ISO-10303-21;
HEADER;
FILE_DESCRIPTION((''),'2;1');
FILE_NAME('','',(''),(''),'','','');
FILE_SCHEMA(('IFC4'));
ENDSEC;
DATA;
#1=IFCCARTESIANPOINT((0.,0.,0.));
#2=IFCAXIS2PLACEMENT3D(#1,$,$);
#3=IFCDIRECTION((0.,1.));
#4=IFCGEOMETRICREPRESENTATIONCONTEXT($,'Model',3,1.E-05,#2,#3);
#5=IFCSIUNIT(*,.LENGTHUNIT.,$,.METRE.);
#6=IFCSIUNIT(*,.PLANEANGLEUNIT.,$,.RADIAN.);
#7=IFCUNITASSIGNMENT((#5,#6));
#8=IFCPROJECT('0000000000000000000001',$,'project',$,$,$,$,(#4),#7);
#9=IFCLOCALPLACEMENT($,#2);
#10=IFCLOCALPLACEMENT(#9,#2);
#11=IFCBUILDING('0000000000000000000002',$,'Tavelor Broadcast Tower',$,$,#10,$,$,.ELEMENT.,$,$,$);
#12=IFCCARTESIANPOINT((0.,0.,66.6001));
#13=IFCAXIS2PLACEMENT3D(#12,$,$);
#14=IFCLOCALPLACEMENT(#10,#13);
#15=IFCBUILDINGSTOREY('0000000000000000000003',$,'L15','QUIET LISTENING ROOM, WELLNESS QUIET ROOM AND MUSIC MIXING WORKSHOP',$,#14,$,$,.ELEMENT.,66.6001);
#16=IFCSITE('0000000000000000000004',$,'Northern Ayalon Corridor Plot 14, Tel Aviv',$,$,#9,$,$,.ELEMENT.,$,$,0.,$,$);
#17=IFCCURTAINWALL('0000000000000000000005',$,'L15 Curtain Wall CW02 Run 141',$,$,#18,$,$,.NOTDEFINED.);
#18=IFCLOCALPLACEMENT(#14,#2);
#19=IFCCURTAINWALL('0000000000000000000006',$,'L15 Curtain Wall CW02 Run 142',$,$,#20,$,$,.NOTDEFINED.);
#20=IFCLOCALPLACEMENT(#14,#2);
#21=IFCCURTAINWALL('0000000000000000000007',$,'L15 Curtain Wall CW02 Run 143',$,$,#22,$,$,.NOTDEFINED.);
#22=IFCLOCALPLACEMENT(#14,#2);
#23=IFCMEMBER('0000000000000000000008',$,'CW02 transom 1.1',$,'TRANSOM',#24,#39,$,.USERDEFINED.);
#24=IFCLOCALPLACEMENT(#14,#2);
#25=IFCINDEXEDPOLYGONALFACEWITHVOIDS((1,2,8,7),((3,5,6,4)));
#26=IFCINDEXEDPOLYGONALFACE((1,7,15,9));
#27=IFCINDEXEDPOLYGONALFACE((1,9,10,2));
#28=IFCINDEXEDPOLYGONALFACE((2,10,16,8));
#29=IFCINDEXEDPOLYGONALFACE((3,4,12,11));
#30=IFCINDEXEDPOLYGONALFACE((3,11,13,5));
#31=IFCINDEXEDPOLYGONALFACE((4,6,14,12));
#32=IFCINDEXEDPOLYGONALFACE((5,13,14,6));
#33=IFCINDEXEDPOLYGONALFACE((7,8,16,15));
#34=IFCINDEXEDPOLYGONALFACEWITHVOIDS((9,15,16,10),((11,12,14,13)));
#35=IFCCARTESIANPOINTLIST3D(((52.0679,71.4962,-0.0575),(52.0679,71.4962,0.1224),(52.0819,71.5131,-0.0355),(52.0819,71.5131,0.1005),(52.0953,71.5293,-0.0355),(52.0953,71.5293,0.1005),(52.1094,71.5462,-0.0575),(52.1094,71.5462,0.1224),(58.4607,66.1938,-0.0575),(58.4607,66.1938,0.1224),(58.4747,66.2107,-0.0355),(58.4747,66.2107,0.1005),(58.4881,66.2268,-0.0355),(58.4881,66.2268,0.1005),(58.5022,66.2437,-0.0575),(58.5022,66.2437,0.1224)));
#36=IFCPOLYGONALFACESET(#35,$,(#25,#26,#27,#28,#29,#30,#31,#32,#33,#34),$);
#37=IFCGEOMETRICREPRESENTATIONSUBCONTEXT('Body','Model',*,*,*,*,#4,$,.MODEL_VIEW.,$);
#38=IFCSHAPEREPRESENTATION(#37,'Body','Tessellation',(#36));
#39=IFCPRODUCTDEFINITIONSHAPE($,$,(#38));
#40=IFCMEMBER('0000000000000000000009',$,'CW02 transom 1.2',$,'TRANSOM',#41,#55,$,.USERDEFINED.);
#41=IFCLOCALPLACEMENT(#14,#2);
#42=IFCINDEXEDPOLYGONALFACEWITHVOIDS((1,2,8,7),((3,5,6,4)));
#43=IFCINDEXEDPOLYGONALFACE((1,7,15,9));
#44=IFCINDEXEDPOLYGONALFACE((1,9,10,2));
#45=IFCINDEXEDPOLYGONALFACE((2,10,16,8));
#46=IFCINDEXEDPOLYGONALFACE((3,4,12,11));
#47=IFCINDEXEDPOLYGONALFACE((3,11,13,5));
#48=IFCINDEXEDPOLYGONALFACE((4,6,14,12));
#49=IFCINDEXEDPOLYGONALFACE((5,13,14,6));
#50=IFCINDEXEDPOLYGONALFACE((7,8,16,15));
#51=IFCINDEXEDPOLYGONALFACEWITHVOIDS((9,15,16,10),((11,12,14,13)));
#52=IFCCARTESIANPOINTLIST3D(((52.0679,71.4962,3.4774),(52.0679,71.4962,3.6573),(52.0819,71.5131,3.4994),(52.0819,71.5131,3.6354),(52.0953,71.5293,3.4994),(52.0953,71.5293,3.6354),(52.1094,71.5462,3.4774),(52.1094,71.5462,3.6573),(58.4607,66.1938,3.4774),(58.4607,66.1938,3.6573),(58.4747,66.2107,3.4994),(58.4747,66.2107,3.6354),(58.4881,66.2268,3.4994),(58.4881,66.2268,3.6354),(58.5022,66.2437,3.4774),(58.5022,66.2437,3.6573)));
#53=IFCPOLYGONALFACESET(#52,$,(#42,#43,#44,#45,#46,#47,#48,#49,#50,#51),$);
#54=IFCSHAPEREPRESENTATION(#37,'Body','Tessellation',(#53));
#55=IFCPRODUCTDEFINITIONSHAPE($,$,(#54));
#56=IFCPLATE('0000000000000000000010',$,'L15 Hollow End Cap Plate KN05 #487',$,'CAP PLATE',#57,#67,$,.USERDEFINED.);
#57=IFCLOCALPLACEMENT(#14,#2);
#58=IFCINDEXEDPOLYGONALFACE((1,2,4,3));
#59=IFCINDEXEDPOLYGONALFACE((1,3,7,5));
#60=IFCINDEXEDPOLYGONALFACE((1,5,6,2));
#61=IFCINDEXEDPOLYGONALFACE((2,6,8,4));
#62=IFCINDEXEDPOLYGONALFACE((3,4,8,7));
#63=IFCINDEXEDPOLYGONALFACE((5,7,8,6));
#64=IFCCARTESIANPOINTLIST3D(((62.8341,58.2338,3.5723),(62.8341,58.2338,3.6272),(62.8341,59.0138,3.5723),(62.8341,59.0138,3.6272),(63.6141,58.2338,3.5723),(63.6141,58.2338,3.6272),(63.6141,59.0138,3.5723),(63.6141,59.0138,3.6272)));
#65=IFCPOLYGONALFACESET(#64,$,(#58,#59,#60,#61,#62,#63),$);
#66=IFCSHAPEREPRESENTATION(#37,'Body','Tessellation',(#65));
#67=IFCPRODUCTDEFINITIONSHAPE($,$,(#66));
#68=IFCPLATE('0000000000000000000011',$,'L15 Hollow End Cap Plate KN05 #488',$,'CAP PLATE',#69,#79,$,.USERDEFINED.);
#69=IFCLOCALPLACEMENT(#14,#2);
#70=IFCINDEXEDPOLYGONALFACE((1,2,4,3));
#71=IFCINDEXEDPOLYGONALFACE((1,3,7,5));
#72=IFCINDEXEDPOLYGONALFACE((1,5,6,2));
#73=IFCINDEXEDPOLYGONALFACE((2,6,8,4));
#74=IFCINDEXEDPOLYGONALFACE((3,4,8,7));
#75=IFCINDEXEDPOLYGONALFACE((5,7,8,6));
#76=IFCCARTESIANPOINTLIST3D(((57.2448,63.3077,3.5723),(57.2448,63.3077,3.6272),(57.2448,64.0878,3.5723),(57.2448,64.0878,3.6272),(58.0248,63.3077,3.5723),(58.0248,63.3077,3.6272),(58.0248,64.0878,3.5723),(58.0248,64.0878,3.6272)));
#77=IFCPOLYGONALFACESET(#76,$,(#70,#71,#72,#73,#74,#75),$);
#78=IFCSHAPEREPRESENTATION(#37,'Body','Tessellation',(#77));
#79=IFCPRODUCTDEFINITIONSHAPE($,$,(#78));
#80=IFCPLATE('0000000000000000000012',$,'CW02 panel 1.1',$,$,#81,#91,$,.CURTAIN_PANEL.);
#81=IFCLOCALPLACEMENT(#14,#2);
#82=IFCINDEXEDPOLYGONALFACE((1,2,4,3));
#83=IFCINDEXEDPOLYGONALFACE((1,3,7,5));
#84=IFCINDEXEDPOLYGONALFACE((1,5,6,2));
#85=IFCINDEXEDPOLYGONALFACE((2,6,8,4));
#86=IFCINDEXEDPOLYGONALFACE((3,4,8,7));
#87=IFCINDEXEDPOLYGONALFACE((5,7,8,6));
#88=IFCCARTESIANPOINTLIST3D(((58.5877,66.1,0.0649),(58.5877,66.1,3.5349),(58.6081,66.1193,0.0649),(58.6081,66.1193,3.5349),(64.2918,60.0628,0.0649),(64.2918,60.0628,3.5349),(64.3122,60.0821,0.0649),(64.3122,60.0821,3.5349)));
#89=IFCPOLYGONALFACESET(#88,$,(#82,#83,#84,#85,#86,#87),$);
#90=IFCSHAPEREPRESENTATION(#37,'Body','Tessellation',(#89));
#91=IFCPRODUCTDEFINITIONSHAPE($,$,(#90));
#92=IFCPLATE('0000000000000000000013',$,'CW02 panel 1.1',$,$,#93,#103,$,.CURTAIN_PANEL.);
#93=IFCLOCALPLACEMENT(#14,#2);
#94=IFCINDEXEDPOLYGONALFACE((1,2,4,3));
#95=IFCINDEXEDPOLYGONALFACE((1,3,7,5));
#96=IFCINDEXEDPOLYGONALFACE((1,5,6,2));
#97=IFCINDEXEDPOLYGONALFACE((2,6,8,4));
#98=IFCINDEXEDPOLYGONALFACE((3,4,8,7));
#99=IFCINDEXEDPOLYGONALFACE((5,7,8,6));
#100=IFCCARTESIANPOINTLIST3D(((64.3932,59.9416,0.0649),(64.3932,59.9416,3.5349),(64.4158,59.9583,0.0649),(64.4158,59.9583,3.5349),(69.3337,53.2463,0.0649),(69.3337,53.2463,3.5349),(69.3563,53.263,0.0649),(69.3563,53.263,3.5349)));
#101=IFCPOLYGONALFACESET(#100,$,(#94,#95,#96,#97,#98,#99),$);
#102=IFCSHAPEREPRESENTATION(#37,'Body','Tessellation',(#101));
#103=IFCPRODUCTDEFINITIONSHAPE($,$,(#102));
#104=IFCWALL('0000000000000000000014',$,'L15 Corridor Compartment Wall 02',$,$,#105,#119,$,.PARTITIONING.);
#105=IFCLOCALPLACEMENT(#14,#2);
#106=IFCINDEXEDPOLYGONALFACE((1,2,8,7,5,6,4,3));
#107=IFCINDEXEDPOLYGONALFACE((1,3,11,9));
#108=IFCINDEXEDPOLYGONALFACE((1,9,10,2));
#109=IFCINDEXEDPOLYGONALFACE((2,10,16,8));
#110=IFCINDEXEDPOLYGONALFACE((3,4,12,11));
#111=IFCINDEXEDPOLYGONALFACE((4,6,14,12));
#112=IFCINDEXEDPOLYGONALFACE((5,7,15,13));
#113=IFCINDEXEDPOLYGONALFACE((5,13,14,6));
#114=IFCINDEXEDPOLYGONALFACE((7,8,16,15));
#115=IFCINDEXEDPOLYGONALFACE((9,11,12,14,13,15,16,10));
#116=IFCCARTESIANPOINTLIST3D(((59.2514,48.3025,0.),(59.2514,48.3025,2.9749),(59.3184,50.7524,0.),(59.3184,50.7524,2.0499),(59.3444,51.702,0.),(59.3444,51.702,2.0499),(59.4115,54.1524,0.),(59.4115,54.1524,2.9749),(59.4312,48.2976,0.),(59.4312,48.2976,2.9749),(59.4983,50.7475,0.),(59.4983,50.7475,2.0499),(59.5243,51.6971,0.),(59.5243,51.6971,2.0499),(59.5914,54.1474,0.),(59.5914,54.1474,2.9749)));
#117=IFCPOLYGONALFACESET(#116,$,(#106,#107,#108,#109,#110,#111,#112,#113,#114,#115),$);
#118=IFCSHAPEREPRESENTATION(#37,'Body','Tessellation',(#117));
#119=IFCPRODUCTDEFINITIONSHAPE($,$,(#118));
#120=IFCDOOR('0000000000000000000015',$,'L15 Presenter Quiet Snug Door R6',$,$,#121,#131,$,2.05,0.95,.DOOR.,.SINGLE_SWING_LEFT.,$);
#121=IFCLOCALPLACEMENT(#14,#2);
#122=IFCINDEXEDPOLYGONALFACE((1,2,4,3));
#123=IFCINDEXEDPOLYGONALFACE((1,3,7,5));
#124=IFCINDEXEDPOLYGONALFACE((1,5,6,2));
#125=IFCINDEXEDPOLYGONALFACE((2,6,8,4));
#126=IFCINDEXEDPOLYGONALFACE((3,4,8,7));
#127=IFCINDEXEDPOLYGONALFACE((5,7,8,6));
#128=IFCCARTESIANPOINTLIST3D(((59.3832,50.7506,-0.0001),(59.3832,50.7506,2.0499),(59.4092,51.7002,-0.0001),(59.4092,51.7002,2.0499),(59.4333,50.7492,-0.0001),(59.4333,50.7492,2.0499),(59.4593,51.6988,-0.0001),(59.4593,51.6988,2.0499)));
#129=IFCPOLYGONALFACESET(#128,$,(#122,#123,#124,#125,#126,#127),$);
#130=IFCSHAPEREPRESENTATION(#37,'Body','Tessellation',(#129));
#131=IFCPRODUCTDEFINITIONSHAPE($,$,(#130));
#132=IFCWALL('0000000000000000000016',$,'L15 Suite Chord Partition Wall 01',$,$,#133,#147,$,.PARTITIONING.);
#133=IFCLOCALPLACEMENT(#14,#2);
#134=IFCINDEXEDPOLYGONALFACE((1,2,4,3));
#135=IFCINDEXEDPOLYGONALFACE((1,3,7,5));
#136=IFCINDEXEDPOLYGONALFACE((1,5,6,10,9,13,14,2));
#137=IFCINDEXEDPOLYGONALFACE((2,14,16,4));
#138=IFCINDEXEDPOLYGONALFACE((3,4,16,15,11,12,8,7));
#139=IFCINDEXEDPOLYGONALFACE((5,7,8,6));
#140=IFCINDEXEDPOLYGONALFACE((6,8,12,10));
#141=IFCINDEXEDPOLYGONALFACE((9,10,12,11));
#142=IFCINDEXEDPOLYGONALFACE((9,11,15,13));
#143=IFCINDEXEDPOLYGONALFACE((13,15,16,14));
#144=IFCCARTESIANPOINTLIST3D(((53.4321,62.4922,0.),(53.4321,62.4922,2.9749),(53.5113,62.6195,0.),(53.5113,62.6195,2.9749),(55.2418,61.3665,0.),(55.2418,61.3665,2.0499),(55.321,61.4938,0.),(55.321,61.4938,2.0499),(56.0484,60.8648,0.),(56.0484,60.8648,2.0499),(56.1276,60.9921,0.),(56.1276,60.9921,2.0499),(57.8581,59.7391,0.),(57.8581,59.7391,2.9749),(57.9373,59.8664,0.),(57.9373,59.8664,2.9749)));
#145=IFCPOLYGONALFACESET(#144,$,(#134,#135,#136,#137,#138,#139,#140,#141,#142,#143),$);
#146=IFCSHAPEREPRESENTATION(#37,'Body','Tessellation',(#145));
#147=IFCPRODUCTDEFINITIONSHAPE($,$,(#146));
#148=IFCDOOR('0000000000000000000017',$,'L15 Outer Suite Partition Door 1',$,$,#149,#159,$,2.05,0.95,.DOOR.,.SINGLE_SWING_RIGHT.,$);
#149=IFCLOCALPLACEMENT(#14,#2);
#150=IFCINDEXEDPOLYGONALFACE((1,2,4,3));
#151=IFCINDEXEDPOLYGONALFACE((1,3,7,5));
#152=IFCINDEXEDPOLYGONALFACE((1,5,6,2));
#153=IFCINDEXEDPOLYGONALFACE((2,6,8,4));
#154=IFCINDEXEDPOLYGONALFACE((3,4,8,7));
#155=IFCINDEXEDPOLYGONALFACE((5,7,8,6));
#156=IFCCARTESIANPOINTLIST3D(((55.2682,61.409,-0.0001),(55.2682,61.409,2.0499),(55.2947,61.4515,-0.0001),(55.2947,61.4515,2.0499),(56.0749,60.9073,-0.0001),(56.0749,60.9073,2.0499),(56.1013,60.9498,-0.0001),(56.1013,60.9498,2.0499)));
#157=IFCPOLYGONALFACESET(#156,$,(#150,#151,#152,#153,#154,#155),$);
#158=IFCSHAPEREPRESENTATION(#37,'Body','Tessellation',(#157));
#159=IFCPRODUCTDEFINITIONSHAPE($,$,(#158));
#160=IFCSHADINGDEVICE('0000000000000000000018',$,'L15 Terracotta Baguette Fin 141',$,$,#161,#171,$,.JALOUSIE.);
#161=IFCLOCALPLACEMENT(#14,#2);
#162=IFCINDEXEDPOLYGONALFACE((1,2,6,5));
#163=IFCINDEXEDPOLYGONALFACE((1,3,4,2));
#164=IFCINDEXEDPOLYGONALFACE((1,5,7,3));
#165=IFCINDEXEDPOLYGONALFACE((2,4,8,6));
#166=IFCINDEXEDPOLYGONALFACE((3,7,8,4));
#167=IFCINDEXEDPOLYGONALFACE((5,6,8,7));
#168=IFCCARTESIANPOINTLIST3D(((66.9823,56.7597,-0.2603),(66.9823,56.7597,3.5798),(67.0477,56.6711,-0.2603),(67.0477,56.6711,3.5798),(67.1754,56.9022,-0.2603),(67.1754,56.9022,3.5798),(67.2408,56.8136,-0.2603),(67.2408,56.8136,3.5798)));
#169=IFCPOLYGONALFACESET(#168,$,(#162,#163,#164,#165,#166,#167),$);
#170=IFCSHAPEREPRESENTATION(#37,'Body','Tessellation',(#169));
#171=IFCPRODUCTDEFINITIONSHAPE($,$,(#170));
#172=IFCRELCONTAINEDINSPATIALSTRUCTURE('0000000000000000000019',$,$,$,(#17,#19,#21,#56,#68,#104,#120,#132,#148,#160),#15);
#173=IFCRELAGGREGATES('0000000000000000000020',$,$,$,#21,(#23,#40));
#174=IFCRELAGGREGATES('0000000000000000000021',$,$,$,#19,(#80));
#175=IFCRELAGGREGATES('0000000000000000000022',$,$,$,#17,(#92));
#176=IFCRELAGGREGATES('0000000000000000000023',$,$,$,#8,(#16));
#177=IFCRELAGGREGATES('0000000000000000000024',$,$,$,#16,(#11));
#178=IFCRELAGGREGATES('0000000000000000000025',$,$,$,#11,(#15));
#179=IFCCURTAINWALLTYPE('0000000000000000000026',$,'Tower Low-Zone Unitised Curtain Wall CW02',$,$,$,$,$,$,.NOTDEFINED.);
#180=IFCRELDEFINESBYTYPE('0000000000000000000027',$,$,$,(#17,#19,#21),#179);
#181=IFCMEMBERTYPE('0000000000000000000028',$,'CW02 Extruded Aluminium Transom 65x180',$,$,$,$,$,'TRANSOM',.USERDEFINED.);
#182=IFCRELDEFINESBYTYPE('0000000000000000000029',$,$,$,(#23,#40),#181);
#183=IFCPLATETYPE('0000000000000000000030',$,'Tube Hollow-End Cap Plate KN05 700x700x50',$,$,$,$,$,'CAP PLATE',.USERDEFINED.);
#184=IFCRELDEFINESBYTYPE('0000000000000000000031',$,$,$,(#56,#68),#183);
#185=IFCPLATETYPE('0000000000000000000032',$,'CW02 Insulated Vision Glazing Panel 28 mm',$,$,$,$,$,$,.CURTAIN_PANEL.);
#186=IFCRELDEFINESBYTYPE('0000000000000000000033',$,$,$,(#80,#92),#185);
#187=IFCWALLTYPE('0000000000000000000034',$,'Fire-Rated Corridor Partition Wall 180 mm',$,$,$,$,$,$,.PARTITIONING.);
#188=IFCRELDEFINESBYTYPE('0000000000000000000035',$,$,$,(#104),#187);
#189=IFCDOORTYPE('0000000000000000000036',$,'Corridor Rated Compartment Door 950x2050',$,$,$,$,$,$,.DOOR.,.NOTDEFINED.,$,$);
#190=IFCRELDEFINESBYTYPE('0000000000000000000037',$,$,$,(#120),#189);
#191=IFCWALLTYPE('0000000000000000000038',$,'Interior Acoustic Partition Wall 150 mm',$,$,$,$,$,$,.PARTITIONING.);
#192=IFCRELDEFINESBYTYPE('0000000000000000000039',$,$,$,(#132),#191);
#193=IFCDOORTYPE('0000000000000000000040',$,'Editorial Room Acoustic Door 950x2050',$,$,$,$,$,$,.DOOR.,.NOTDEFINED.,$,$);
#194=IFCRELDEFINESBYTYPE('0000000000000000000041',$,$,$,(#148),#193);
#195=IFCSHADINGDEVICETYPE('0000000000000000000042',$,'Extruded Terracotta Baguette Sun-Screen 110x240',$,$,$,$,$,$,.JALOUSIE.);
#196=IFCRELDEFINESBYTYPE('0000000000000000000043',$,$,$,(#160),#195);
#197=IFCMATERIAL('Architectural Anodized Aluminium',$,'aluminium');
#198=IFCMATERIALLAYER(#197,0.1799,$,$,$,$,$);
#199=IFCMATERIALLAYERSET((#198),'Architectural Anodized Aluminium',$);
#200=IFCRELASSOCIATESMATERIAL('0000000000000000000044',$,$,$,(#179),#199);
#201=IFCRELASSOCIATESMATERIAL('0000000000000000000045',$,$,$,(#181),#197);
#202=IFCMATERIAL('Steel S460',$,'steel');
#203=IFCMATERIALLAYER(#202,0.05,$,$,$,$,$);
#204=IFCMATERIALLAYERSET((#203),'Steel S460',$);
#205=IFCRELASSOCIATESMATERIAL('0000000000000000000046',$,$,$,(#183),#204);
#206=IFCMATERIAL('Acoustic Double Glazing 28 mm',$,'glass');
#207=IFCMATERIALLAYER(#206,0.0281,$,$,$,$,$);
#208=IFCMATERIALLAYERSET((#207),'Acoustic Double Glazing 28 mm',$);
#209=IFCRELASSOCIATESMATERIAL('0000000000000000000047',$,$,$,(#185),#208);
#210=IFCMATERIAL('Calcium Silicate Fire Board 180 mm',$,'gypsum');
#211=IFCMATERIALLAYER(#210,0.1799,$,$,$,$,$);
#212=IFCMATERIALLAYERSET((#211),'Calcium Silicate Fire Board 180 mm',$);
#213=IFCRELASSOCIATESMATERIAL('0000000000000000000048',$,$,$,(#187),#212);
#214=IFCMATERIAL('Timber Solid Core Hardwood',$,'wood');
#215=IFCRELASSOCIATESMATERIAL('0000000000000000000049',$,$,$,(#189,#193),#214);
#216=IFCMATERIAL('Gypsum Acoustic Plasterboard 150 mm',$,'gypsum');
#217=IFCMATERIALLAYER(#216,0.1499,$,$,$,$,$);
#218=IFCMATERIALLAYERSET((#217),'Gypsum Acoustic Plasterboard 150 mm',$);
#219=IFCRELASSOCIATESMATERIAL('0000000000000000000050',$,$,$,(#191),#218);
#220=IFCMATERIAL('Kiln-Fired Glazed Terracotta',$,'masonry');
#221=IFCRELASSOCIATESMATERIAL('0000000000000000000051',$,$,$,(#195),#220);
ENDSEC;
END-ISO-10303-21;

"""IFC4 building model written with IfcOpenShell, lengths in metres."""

from ifc_helpers import new_model, si_unit, direction, frame, frame_2d, origin, origin_2d, place, context, subcontext, project, spatial, rectangle, hollow_rectangle, extrude, source, transform, mapped, material, layer, layer_set, material_profile, profile_set, type_object, type_shapes, element, fill, aggregate, save


model = new_model("IFC4")

# Units and contexts
model_context = context("Model", 3, precision=1e-05, world=origin(), true_north=direction((0.0, 1.0)))
body_context = subcontext(model_context, "Body", "Model", "MODEL_VIEW")
ifc_project = project(units=[si_unit("LENGTHUNIT", "METRE"), si_unit("PLANEANGLEUNIT", "RADIAN")], contexts=[model_context])

# Site, building, storey
site_placement = place(None, origin())
site = spatial("IfcSite", under=ifc_project, at=site_placement, Name="Northern Ayalon Corridor Plot 14, Tel Aviv", CompositionType="ELEMENT", RefElevation=0.0)
building_placement = place(site_placement, origin())
building = spatial("IfcBuilding", under=site, at=building_placement, Name="Tavelor Broadcast Tower", CompositionType="ELEMENT")
storey_placement = place(building_placement, frame((0.0, 0.0, 66.6001)))
storey = spatial("IfcBuildingStorey", under=building, at=storey_placement, Name="L15", Description="QUIET LISTENING ROOM, WELLNESS QUIET ROOM AND MUSIC MIXING WORKSHOP", CompositionType="ELEMENT", Elevation=66.6001)

# Shared definitions
ifc_material_1 = material(Name="Steel S460", Category="steel")

# Curtain wall
ifc_material_2 = material(Name="Architectural Anodized Aluminium", Category="aluminium")
ifc_layer_1 = layer(ifc_material_2, 0.1799)
ifc_layer_set_1 = layer_set([ifc_layer_1], Name="Architectural Anodized Aluminium")
curtain_wall_type = type_object("IfcCurtainWallType", Name="Tower Low-Zone Unitised Curtain Wall CW02", PredefinedType="NOTDEFINED", material=ifc_layer_set_1)
curtain_wall_1_placement = place(storey_placement, origin())
curtain_wall_1 = element("IfcCurtainWall", 1, at=curtain_wall_1_placement, inside=storey, type_object=curtain_wall_type, Name="L15 Curtain Wall CW02 Run 141", PredefinedType="NOTDEFINED")

# Curtain wall
curtain_wall_2_placement = place(storey_placement, origin())
curtain_wall_2 = element("IfcCurtainWall", 2, at=curtain_wall_2_placement, inside=storey, type_object=curtain_wall_type, Name="L15 Curtain Wall CW02 Run 142", PredefinedType="NOTDEFINED")

# Curtain wall
curtain_wall_3_placement = place(storey_placement, origin())
curtain_wall_3 = element("IfcCurtainWall", 3, at=curtain_wall_3_placement, inside=storey, type_object=curtain_wall_type, Name="L15 Curtain Wall CW02 Run 143", PredefinedType="NOTDEFINED")

# Members
ifc_material_profile_1 = material_profile(ifc_material_2, hollow_rectangle(XDim=0.0649, YDim=0.1799, WallThickness=0.022, at=origin_2d()), Name="RHS 65x180x22")
ifc_profile_set_1 = profile_set([ifc_material_profile_1], Name="Architectural Anodized Aluminium")
member_type_1 = type_object("IfcMemberType", Name="CW02 Extruded Aluminium Transom 65x180", ElementType="TRANSOM", PredefinedType="USERDEFINED", material=ifc_profile_set_1)
shared_shape_1 = source(origin(), body_context, "Body", "SweptSolid", [
    extrude(hollow_rectangle(XDim=0.0649, YDim=0.1799, WallThickness=0.022, at=origin_2d()), origin(), (0.0, 0.0, 1.0), 8.3057),
])
type_shapes(member_type_1, [shared_shape_1])
member_1_placement = place(storey_placement, frame((58.4814, 66.2188, 0.0325), z_axis=(-0.769691, 0.638416, 0.0), x_axis=(-0.638416, -0.769691, 0.0)))
member_1 = element("IfcMember", 4, at=member_1_placement, type_object=member_type_1, Name="CW02 transom 1.1", ObjectType="TRANSOM", PredefinedType="USERDEFINED", context=body_context, shape_type="MappedRepresentation", body=[
    mapped(shared_shape_1, transform((0.0, 0.0, 0.0), scale=1.0)),
])
member_2_placement = place(storey_placement, frame((58.4814, 66.2188, 3.5674), z_axis=(-0.769691, 0.638416, 0.0), x_axis=(-0.638416, -0.769691, 0.0)))
member_2 = element("IfcMember", 5, at=member_2_placement, type_object=member_type_1, Name="CW02 transom 1.2", ObjectType="TRANSOM", PredefinedType="USERDEFINED", context=body_context, shape_type="MappedRepresentation", body=[
    mapped(shared_shape_1, transform((0.0, 0.0, 0.0), scale=1.0)),
])
aggregate(curtain_wall_3, [member_1, member_2])

# Plates
ifc_layer_2 = layer(ifc_material_1, 0.05)
ifc_layer_set_2 = layer_set([ifc_layer_2], Name="Steel S460")
plate_type_1 = type_object("IfcPlateType", Name="Tube Hollow-End Cap Plate KN05 700x700x50", ElementType="CAP PLATE", PredefinedType="USERDEFINED", material=ifc_layer_set_2)
shared_shape_2 = source(origin(), body_context, "Body", "SweptSolid", [
    extrude(rectangle(XDim=0.78, YDim=0.78, at=origin_2d()), origin(), (0.0, 0.0, 1.0), 0.0549),
])
type_shapes(plate_type_1, [shared_shape_2])
for number, where, z_axis, x_axis, name in (
    (6, (63.2241, 58.6238, 3.5723), (0.0, 0.0, 1.0), (1.0, 0.0, 0.0), "L15 Hollow End Cap Plate KN05 #487"),
    (7, (57.6348, 63.6978, 3.5723), (0.0, 0.0, 1.0), (1.0, 0.0, 0.0), "L15 Hollow End Cap Plate KN05 #488"),
):
    element("IfcPlate", number, at=place(storey_placement, frame(where, z_axis=z_axis, x_axis=x_axis)), inside=storey, type_object=plate_type_1, Name=name, ObjectType="CAP PLATE", PredefinedType="USERDEFINED", context=body_context, shape_type="MappedRepresentation", body=[
        mapped(shared_shape_2, transform((0.0, 0.0, 0.0), scale=1.0)),
    ])

# Plates
ifc_material_3 = material(Name="Acoustic Double Glazing 28 mm", Category="glass")
ifc_layer_3 = layer(ifc_material_3, 0.0281)
ifc_layer_set_3 = layer_set([ifc_layer_3], Name="Acoustic Double Glazing 28 mm")
plate_type_2 = type_object("IfcPlateType", Name="CW02 Insulated Vision Glazing Panel 28 mm", PredefinedType="CURTAIN_PANEL", material=ifc_layer_set_3)
shared_shape_3 = source(origin(), body_context, "Body", "SweptSolid", [
    extrude(rectangle(XDim=8.3057, YDim=0.0281, at=origin_2d()), origin(), (0.0, 0.0, 1.0), 3.47),
])
plate_1_placement = place(storey_placement, frame((61.45, 63.0911, 0.0649), z_axis=(0.0, 0.0, 1.0), x_axis=(-0.68677, 0.726874, 0.0)))
plate_1 = element("IfcPlate", 8, at=plate_1_placement, type_object=plate_type_2, Name="CW02 panel 1.1", PredefinedType="CURTAIN_PANEL", context=body_context, shape_type="MappedRepresentation", body=[
    mapped(shared_shape_3, transform((0.0, 0.0, 0.0), scale=1.0)),
])
aggregate(curtain_wall_2, [plate_1])
shared_shape_4 = source(origin(), body_context, "Body", "SweptSolid", [
    extrude(rectangle(XDim=8.3208, YDim=0.0281, at=origin_2d()), origin(), (0.0, 0.0, 1.0), 3.47),
])
type_shapes(plate_type_2, [shared_shape_3, shared_shape_4])
plate_2_placement = place(storey_placement, frame((66.8748, 56.6023, 0.0649), z_axis=(0.0, 0.0, 1.0), x_axis=(-0.59376, 0.804642, 0.0)))
plate_2 = element("IfcPlate", 9, at=plate_2_placement, type_object=plate_type_2, Name="CW02 panel 1.1", PredefinedType="CURTAIN_PANEL", context=body_context, shape_type="MappedRepresentation", body=[
    mapped(shared_shape_4, transform((0.0, 0.0, 0.0), scale=1.0)),
])
aggregate(curtain_wall_1, [plate_2])

# Walls, openings, doors
ifc_material_4 = material(Name="Calcium Silicate Fire Board 180 mm", Category="gypsum")
ifc_layer_4 = layer(ifc_material_4, 0.1799)
ifc_layer_set_4 = layer_set([ifc_layer_4], Name="Calcium Silicate Fire Board 180 mm")
wall_type_1 = type_object("IfcWallType", Name="Fire-Rated Corridor Partition Wall 180 mm", PredefinedType="PARTITIONING", material=ifc_layer_set_4)
wall_1_placement = place(storey_placement, frame((59.5015, 54.1499, 0.0), z_axis=(0.0, 0.0, 1.0), x_axis=(-0.027368, -0.999625, 0.0)))
wall_1 = element("IfcWall", 10, at=wall_1_placement, inside=storey, type_object=wall_type_1, Name="L15 Corridor Compartment Wall 02", PredefinedType="PARTITIONING", context=body_context, shape_type="SweptSolid", body=[
    extrude(rectangle(XDim=5.8521, YDim=0.1799, at=frame_2d((2.926, 0.0))), origin(), (0.0, 0.0, 1.0), 2.9749),
])
opening_1_placement = place(wall_1_placement, frame((2.4512, 0.0, 0.0)))
opening_1 = element("IfcOpeningElement", 11, at=opening_1_placement, cuts=wall_1, PredefinedType="OPENING", context=body_context, shape_type="SweptSolid", body=[
    extrude(rectangle(XDim=0.95, YDim=2.05, at=frame_2d((0.4751, 1.0249))), frame((0.0, 0.1001, 0.0), z_axis=(0.0, -1.0, 0.0), x_axis=(1.0, 0.0, 0.0)), (0.0, 0.0, 1.0), 0.2),
])
ifc_material_5 = material(Name="Timber Solid Core Hardwood", Category="wood")
door_type_1 = type_object("IfcDoorType", Name="Corridor Rated Compartment Door 950x2050", OperationType="NOTDEFINED", PredefinedType="DOOR", material=ifc_material_5)
door_1_placement = place(opening_1_placement, origin())
door_1 = element("IfcDoor", 12, at=door_1_placement, inside=storey, type_object=door_type_1, Name="L15 Presenter Quiet Snug Door R6", OperationType="SINGLE_SWING_LEFT", OverallHeight=2.05, OverallWidth=0.95, PredefinedType="DOOR", context=body_context, shape_type="SweptSolid", body=[
    extrude(rectangle(XDim=0.95, YDim=2.05, at=frame_2d((0.4751, 1.0249))), frame((0.0, 0.0249, 0.0), z_axis=(0.0, -1.0, 0.0), x_axis=(1.0, 0.0, 0.0)), (0.0, 0.0, 1.0), 0.05),
])
fill(opening_1, door_1)
ifc_material_6 = material(Name="Gypsum Acoustic Plasterboard 150 mm", Category="gypsum")
ifc_layer_5 = layer(ifc_material_6, 0.1499)
ifc_layer_set_5 = layer_set([ifc_layer_5], Name="Gypsum Acoustic Plasterboard 150 mm")
wall_type_2 = type_object("IfcWallType", Name="Interior Acoustic Partition Wall 150 mm", PredefinedType="PARTITIONING", material=ifc_layer_set_5)
wall_2_placement = place(storey_placement, frame((57.8977, 59.8027, 0.0), z_axis=(0.0, 0.0, 1.0), x_axis=(-0.849125, 0.528192, 0.0)))
wall_2 = element("IfcWall", 13, at=wall_2_placement, inside=storey, type_object=wall_type_2, Name="L15 Suite Chord Partition Wall 01", PredefinedType="PARTITIONING", context=body_context, shape_type="SweptSolid", body=[
    extrude(rectangle(XDim=5.2124, YDim=0.1499, at=frame_2d((2.6062, 0.0))), origin(), (0.0, 0.0, 1.0), 2.9749),
])
opening_2_placement = place(wall_2_placement, frame((2.1311, 0.0, 0.0)))
opening_2 = element("IfcOpeningElement", 14, at=opening_2_placement, cuts=wall_2, PredefinedType="OPENING", context=body_context, shape_type="SweptSolid", body=[
    extrude(rectangle(XDim=0.95, YDim=2.05, at=frame_2d((0.4751, 1.0249))), frame((0.0, 0.085, 0.0), z_axis=(0.0, -1.0, 0.0), x_axis=(1.0, 0.0, 0.0)), (0.0, 0.0, 1.0), 0.1699),
])
door_type_2 = type_object("IfcDoorType", Name="Editorial Room Acoustic Door 950x2050", OperationType="NOTDEFINED", PredefinedType="DOOR", material=ifc_material_5)
door_2_placement = place(opening_2_placement, origin())
door_2 = element("IfcDoor", 15, at=door_2_placement, inside=storey, type_object=door_type_2, Name="L15 Outer Suite Partition Door 1", OperationType="SINGLE_SWING_RIGHT", OverallHeight=2.05, OverallWidth=0.95, PredefinedType="DOOR", context=body_context, shape_type="SweptSolid", body=[
    extrude(rectangle(XDim=0.95, YDim=2.05, at=frame_2d((0.4751, 1.0249))), frame((0.0, 0.0249, 0.0), z_axis=(0.0, -1.0, 0.0), x_axis=(1.0, 0.0, 0.0)), (0.0, 0.0, 1.0), 0.05),
])
fill(opening_2, door_2)

# Shading device
ifc_material_7 = material(Name="Kiln-Fired Glazed Terracotta", Category="masonry")
shading_device_type = type_object("IfcShadingDeviceType", Name="Extruded Terracotta Baguette Sun-Screen 110x240", PredefinedType="JALOUSIE", material=ifc_material_7)
shared_shape_5 = source(origin(), body_context, "Body", "SweptSolid", [
    extrude(rectangle(XDim=0.1101, YDim=0.24, at=origin_2d()), origin(), (0.0, 0.0, 1.0), 3.8401),
])
type_shapes(shading_device_type, [shared_shape_5])
for number, where, z_axis, x_axis, name in (
    (16, (67.1116, 56.7866, -0.2603), (0.0, 0.0, 1.0), (-0.5937, 0.804687, 0.0), "L15 Terracotta Baguette Fin 141"),
):
    element("IfcShadingDevice", number, at=place(storey_placement, frame(where, z_axis=z_axis, x_axis=x_axis)), inside=storey, type_object=shading_device_type, Name=name, PredefinedType="JALOUSIE", context=body_context, shape_type="MappedRepresentation", body=[
        mapped(shared_shape_5, transform((0.0, 0.0, 0.0), scale=1.0)),
    ])

save(model, "model.ifc")
